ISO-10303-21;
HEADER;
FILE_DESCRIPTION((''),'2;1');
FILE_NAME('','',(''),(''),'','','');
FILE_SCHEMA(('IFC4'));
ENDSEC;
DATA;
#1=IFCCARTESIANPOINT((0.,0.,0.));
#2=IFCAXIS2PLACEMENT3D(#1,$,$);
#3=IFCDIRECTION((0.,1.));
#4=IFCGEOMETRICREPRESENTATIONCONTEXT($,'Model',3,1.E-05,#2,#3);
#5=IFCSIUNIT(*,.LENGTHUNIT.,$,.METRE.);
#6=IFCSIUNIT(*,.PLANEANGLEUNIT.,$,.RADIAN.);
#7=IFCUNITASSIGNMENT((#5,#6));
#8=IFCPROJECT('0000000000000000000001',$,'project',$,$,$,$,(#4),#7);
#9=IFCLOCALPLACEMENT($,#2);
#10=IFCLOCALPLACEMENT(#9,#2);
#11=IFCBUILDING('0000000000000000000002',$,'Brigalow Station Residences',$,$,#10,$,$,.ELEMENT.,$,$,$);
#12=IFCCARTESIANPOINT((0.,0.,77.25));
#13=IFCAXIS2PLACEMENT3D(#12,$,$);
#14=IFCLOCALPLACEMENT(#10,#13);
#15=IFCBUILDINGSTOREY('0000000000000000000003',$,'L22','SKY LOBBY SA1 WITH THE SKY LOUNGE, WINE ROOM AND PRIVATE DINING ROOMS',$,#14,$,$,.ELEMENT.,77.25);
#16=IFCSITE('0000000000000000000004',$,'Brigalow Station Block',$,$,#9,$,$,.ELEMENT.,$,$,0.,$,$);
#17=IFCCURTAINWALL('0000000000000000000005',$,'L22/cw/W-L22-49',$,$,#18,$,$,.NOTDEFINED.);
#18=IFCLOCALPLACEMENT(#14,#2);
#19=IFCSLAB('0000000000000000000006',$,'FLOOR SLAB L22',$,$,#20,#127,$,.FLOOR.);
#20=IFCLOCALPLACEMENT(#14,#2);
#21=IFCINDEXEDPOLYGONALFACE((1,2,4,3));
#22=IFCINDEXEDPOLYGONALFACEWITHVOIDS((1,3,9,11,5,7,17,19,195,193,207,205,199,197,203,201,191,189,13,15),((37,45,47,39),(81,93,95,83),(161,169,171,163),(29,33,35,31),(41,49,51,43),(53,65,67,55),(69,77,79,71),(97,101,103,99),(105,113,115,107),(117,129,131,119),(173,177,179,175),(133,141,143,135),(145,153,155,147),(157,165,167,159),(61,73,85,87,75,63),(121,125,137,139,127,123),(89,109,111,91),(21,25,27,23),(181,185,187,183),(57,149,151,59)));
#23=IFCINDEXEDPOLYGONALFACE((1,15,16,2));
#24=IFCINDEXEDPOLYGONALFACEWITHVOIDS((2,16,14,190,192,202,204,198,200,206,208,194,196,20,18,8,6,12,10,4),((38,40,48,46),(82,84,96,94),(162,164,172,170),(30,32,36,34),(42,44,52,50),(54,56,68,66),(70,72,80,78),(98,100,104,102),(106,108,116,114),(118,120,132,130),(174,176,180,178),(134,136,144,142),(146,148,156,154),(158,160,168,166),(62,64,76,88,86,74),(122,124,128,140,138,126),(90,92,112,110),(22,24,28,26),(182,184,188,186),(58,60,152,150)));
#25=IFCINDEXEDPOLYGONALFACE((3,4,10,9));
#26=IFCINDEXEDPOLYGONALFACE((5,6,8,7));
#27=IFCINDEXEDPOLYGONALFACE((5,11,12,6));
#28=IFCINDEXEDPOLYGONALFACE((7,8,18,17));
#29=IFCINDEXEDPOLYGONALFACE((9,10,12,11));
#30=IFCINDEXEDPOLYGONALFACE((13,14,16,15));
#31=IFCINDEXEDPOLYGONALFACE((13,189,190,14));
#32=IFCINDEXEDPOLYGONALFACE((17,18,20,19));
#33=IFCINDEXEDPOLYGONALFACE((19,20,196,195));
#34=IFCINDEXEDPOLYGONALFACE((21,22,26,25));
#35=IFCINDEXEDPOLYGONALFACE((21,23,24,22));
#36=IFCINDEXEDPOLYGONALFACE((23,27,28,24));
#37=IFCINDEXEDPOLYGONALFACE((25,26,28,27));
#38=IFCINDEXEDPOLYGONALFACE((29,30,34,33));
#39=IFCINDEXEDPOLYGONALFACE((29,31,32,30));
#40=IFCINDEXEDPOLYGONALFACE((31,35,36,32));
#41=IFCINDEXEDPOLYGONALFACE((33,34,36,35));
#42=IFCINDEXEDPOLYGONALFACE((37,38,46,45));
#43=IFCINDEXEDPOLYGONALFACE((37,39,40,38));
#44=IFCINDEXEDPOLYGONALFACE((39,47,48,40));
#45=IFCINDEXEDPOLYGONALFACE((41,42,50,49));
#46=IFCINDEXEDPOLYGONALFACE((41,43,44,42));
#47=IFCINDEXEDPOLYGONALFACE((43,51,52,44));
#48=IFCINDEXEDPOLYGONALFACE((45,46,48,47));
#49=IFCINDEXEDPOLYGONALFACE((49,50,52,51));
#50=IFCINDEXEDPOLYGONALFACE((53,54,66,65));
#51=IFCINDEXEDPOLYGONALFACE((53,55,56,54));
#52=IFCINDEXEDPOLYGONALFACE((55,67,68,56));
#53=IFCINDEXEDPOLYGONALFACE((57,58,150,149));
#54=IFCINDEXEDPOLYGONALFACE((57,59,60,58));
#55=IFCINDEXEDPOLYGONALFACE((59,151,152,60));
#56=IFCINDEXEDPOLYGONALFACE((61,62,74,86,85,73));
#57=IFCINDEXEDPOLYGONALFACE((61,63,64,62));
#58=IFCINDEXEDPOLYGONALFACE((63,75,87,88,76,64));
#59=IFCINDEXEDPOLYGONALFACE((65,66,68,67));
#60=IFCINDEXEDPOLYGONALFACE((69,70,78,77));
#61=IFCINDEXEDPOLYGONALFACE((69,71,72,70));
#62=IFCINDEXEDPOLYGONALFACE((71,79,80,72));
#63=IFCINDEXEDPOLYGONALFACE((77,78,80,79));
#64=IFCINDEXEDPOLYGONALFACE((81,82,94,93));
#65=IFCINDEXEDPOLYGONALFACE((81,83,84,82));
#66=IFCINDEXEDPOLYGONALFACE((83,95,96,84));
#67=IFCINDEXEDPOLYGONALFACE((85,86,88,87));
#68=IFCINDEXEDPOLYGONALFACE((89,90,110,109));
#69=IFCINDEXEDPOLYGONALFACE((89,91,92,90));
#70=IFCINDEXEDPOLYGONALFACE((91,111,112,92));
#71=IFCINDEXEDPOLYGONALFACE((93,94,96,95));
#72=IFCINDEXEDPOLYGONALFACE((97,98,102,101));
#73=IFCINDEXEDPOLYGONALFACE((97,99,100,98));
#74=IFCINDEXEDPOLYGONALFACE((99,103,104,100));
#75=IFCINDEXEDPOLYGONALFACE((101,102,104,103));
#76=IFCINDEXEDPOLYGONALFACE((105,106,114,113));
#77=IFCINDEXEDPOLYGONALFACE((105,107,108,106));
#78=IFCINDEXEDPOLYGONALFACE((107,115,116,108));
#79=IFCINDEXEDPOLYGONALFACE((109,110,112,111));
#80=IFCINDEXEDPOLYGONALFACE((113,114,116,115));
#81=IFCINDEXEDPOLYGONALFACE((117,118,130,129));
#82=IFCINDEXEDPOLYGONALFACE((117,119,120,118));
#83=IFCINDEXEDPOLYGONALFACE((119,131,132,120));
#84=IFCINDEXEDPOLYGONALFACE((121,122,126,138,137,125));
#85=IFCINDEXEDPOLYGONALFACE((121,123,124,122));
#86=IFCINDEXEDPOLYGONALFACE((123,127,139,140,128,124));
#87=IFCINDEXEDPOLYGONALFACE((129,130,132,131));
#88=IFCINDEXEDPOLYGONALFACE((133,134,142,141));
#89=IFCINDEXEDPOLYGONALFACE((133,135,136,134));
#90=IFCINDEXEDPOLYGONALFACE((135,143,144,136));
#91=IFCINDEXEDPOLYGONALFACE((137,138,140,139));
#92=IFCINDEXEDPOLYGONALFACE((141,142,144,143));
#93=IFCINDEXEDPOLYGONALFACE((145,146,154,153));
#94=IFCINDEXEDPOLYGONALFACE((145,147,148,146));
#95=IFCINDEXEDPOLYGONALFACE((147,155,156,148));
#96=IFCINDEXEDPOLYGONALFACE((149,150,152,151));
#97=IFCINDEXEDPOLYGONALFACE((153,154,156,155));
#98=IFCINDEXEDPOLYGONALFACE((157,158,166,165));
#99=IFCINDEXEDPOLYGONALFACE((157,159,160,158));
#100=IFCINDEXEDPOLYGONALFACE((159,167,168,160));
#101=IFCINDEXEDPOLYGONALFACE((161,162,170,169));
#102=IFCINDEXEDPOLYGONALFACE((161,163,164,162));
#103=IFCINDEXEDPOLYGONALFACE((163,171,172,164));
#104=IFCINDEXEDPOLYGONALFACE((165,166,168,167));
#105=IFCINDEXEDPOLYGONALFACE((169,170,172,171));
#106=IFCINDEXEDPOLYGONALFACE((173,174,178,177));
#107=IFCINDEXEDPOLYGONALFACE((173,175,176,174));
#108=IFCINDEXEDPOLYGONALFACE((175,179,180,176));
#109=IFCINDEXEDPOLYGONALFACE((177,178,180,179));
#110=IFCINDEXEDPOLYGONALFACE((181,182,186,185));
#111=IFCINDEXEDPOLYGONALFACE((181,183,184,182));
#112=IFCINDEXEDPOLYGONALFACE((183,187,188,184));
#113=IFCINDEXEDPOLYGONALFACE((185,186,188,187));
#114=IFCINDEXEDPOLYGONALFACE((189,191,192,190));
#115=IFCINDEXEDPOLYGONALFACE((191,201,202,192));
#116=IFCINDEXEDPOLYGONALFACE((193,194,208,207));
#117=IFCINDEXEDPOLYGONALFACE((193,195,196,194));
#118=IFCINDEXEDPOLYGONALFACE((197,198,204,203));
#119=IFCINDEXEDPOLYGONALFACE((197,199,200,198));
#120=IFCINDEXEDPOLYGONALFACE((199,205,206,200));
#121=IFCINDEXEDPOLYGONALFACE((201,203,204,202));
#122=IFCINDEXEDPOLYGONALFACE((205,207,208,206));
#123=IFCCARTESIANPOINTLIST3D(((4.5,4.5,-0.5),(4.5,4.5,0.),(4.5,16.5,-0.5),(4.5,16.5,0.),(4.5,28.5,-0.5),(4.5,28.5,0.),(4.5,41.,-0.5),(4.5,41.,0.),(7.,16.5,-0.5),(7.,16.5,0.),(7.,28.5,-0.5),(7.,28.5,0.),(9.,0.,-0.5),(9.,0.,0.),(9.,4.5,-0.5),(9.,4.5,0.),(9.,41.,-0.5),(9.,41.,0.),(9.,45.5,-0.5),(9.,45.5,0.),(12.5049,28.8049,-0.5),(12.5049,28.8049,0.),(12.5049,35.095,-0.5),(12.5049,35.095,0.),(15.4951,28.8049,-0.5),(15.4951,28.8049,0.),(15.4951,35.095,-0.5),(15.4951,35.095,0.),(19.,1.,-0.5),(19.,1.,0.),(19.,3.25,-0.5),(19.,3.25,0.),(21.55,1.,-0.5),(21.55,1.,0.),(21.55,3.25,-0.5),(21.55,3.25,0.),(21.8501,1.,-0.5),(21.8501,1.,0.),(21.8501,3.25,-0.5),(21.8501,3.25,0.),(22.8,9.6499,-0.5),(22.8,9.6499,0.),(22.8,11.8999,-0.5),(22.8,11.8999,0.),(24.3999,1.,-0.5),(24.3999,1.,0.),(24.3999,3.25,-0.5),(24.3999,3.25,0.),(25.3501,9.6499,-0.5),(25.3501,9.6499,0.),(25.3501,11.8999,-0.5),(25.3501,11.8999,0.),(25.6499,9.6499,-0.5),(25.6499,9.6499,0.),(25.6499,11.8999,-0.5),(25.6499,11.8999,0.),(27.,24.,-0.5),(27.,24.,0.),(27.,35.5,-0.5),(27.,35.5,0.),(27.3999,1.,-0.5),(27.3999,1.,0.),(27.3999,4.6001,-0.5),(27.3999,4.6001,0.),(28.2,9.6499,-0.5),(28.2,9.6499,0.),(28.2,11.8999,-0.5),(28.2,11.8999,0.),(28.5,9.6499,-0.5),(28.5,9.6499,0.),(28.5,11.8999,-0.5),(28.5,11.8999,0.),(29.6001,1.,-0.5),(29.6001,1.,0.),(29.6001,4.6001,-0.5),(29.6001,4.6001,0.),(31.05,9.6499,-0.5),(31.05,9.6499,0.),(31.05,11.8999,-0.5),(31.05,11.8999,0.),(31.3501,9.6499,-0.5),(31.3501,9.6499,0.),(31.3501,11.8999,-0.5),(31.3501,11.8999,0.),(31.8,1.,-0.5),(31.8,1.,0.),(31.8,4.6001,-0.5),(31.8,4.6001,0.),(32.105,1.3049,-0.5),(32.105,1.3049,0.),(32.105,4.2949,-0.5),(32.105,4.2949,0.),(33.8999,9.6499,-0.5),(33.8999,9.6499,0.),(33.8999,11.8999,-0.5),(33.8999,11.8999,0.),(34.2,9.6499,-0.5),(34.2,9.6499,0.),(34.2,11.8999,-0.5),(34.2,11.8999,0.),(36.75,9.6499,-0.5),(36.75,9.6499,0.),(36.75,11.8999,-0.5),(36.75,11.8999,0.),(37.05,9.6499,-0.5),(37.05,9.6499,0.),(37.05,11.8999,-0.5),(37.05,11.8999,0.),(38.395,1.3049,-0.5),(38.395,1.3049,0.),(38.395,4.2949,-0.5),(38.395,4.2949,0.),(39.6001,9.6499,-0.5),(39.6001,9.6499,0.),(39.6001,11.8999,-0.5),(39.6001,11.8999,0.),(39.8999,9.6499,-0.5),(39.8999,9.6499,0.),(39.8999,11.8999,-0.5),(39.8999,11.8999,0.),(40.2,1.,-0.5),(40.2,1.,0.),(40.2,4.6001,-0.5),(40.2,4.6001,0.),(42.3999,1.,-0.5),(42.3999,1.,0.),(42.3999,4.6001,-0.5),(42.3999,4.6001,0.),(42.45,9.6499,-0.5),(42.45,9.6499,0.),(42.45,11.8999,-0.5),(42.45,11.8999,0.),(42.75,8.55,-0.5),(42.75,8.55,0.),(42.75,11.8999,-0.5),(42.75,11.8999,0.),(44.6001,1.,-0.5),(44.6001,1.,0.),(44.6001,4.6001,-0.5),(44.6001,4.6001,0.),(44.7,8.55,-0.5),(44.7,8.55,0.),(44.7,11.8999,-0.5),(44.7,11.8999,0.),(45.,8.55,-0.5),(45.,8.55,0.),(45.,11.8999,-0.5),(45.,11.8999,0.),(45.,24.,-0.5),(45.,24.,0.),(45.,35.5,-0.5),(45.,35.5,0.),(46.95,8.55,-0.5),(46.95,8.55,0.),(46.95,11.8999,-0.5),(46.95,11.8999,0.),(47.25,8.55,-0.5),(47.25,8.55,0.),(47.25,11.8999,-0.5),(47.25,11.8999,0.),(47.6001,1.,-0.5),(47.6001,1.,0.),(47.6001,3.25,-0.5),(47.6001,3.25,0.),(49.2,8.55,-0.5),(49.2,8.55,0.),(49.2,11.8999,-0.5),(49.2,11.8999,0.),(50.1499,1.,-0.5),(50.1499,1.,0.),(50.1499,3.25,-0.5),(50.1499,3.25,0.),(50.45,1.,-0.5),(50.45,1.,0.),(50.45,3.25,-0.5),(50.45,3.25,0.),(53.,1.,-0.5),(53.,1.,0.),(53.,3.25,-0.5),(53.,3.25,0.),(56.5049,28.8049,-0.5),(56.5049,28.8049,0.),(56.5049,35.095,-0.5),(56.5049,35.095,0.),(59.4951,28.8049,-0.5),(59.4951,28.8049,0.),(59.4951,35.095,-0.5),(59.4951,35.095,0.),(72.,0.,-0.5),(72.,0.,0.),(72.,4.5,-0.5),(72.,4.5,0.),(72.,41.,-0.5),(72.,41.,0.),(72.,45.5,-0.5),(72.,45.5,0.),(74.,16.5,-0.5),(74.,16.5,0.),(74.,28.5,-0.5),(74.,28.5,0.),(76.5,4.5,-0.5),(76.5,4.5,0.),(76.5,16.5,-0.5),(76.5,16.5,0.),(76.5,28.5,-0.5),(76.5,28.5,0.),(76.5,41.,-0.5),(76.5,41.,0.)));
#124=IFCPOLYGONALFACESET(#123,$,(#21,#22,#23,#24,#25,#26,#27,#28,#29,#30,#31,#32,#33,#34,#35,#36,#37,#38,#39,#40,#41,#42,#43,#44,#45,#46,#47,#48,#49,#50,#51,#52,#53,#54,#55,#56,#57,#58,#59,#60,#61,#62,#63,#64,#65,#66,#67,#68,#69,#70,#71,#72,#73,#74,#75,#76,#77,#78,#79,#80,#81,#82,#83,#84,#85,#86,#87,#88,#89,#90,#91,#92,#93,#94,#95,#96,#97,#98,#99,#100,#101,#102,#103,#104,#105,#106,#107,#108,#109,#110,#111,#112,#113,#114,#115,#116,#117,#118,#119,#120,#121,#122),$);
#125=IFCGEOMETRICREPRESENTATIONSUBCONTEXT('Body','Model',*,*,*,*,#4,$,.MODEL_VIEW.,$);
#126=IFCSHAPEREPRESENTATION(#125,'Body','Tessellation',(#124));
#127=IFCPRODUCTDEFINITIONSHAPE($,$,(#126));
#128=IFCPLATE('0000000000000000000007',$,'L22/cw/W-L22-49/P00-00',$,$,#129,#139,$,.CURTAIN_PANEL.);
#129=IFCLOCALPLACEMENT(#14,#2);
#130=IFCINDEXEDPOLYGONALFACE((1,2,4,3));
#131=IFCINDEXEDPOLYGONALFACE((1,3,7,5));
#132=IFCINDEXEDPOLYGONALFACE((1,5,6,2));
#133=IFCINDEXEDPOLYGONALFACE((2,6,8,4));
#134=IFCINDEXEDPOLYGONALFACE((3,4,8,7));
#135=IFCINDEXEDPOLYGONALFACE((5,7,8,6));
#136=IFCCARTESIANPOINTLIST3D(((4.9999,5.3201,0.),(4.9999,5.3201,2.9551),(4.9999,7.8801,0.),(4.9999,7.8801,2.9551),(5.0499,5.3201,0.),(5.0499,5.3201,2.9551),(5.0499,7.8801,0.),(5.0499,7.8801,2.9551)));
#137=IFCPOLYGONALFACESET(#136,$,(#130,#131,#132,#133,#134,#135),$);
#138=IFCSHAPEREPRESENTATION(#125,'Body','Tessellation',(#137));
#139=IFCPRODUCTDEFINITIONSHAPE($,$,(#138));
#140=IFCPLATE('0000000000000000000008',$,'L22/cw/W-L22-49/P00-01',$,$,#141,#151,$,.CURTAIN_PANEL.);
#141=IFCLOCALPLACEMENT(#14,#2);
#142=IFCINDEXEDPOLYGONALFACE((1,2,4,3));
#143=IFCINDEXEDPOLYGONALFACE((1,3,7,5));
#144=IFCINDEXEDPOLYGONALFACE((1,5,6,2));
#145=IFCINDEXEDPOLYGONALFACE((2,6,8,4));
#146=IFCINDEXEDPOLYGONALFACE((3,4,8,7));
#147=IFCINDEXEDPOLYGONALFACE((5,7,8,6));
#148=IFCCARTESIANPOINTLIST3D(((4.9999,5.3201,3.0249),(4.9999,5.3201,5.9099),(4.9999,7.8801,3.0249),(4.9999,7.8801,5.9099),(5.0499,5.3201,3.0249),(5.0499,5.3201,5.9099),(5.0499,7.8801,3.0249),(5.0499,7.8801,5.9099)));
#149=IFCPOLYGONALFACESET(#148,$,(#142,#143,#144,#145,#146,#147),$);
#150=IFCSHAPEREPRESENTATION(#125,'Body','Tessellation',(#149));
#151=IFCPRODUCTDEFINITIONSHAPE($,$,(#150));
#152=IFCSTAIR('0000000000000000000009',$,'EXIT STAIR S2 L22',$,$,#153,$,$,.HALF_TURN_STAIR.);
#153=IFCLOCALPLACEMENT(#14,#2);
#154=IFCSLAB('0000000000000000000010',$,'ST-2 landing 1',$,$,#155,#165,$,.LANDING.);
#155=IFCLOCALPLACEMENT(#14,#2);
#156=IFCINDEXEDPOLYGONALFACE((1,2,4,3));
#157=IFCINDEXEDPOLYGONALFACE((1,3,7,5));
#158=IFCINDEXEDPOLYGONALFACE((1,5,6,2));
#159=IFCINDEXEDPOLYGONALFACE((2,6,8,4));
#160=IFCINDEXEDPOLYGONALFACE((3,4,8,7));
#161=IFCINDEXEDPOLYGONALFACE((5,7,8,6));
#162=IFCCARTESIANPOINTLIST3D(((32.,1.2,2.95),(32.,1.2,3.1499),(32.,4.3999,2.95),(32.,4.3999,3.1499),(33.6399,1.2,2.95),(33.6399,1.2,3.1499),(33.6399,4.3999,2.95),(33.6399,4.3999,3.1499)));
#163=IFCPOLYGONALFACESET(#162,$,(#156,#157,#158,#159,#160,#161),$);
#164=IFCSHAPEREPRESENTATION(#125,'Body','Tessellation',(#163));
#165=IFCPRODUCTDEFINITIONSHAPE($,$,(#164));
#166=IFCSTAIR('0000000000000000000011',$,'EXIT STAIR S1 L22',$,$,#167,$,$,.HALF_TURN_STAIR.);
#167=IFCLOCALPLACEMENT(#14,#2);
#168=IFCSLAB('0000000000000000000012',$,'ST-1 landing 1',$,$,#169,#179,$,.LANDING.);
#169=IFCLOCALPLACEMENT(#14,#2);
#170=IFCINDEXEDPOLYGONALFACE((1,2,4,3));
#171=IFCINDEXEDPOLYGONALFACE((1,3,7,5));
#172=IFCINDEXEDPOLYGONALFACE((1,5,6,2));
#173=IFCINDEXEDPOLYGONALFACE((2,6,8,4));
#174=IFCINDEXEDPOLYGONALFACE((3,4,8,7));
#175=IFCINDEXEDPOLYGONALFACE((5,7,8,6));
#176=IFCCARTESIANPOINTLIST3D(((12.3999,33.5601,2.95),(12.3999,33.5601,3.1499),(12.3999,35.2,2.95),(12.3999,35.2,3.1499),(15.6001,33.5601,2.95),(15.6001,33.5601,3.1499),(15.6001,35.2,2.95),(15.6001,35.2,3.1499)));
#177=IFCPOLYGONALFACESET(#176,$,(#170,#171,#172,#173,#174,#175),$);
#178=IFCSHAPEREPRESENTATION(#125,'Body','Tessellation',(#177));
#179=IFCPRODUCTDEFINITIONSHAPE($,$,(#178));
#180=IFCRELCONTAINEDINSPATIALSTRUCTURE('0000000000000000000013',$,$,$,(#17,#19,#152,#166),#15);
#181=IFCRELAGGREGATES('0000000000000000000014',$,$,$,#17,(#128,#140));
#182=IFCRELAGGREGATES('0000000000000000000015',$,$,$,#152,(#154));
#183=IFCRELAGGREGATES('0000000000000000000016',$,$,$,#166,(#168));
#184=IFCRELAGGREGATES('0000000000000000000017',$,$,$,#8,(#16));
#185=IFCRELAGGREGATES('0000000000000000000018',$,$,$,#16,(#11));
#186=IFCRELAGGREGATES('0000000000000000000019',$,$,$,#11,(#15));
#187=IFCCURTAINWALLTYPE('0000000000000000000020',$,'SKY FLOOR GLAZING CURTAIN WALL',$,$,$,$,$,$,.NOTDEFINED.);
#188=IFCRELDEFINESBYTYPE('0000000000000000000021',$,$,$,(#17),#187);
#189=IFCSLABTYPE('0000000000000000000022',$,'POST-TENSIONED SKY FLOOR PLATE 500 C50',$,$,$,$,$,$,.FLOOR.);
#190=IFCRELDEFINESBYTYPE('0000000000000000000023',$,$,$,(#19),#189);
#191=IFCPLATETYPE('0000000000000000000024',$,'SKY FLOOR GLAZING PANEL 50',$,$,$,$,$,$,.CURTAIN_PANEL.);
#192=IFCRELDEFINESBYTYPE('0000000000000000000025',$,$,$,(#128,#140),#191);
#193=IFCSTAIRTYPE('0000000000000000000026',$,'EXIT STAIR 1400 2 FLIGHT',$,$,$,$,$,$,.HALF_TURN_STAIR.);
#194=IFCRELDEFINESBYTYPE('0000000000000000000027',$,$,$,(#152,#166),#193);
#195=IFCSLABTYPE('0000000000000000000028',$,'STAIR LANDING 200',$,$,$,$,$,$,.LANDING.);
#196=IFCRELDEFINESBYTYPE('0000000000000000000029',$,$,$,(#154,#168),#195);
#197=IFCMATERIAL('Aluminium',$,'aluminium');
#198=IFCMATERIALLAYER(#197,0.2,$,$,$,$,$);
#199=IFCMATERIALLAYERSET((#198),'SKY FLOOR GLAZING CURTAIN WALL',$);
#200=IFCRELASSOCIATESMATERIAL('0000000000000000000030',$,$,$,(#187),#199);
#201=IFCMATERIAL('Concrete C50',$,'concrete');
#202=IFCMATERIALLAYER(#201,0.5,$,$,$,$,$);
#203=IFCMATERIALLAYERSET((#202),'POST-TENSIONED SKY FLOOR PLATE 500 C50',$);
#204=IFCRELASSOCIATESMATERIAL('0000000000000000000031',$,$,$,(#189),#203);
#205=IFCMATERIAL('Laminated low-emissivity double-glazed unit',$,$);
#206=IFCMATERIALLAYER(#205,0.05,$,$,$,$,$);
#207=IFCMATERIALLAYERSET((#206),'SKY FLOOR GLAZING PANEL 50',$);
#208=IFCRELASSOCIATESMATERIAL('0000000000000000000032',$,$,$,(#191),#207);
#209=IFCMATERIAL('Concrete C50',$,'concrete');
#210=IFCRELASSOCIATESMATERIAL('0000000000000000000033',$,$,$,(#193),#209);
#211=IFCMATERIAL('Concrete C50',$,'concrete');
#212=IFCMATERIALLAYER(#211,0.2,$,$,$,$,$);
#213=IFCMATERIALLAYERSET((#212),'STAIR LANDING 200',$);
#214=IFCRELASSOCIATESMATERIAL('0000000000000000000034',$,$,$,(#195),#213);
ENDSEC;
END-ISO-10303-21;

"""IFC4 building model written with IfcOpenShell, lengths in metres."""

from ifc_helpers import new_model, si_unit, direction, frame, origin, origin_2d, place, context, subcontext, project, spatial, polyline, rectangle, outline, extrude, material, layer, layer_set, type_object, element, aggregate, save


model = new_model("IFC4")

# Units and contexts
model_context = context("Model", 3, precision=1e-05, world=origin(), true_north=direction((0.0, 1.0)))
body_context = subcontext(model_context, "Body", "Model", "MODEL_VIEW")
ifc_project = project(units=[si_unit("LENGTHUNIT", "METRE"), si_unit("PLANEANGLEUNIT", "RADIAN")], contexts=[model_context])

# Site, building, storey
site_placement = place(None, origin())
site = spatial("IfcSite", under=ifc_project, at=site_placement, Name="Brigalow Station Block", CompositionType="ELEMENT", RefElevation=0.0)
building_placement = place(site_placement, origin())
building = spatial("IfcBuilding", under=site, at=building_placement, Name="Brigalow Station Residences", CompositionType="ELEMENT")
storey_placement = place(building_placement, frame((0.0, 0.0, 77.25)))
storey = spatial("IfcBuildingStorey", under=building, at=storey_placement, Name="L22", Description="SKY LOBBY SA1 WITH THE SKY LOUNGE, WINE ROOM AND PRIVATE DINING ROOMS", CompositionType="ELEMENT", Elevation=77.25)

# Curtain wall
ifc_material_1 = material(Name="Aluminium", Category="aluminium")
ifc_layer_1 = layer(ifc_material_1, 0.2)
ifc_layer_set_1 = layer_set([ifc_layer_1], Name="SKY FLOOR GLAZING CURTAIN WALL")
curtain_wall_type = type_object("IfcCurtainWallType", Name="SKY FLOOR GLAZING CURTAIN WALL", PredefinedType="NOTDEFINED", material=ifc_layer_set_1)
curtain_wall_placement = place(storey_placement, origin())
curtain_wall = element("IfcCurtainWall", 1, at=curtain_wall_placement, inside=storey, type_object=curtain_wall_type, Name="L22/cw/W-L22-49", PredefinedType="NOTDEFINED")

# Slab
ifc_material_2 = material(Name="Concrete C50", Category="concrete")
ifc_layer_2 = layer(ifc_material_2, 0.5)
ifc_layer_set_2 = layer_set([ifc_layer_2], Name="POST-TENSIONED SKY FLOOR PLATE 500 C50")
slab_type_1 = type_object("IfcSlabType", Name="POST-TENSIONED SKY FLOOR PLATE 500 C50", PredefinedType="FLOOR", material=ifc_layer_set_2)
slab_1_placement = place(storey_placement, frame((0.0, 0.0, -0.5)))
element("IfcSlab", 2, at=slab_1_placement, inside=storey, type_object=slab_type_1, Name="FLOOR SLAB L22", PredefinedType="FLOOR", context=body_context, shape_type="SweptSolid", body=[
    extrude(outline(polyline([(9.0, 0.0), (72.0, 0.0), (72.0, 4.5), (76.5, 4.5), (76.5, 16.5), (74.0, 16.5), (74.0, 28.5), (76.5, 28.5), (76.5, 41.0), (72.0, 41.0), (72.0, 45.5), (9.0, 45.5), (9.0, 41.0), (4.5, 41.0), (4.5, 28.5), (7.0, 28.5), (7.0, 16.5), (4.5, 16.5), (4.5, 4.5), (9.0, 4.5), (9.0, 0.0)]), holes=[polyline([(15.4951, 35.095), (15.4951, 28.8049), (12.5049, 28.8049), (12.5049, 35.095), (15.4951, 35.095)]), polyline([(19.0, 3.25), (21.55, 3.25), (21.55, 1.0), (19.0, 1.0), (19.0, 3.25)]), polyline([(21.8501, 3.25), (24.3999, 3.25), (24.3999, 1.0), (21.8501, 1.0), (21.8501, 3.25)]), polyline([(22.8, 11.8999), (25.3501, 11.8999), (25.3501, 9.6499), (22.8, 9.6499), (22.8, 11.8999)]), polyline([(28.2, 11.8999), (28.2, 9.6499), (25.6499, 9.6499), (25.6499, 11.8999), (28.2, 11.8999)]), polyline([(29.6001, 1.0), (27.3999, 1.0), (27.3999, 4.6001), (29.6001, 4.6001), (31.8, 4.6001), (31.8, 1.0), (29.6001, 1.0)]), polyline([(31.05, 11.8999), (31.05, 9.6499), (28.5, 9.6499), (28.5, 11.8999), (31.05, 11.8999)]), polyline([(31.3501, 11.8999), (33.8999, 11.8999), (33.8999, 9.6499), (31.3501, 9.6499), (31.3501, 11.8999)]), polyline([(36.75, 11.8999), (36.75, 9.6499), (34.2, 9.6499), (34.2, 11.8999), (36.75, 11.8999)]), polyline([(38.395, 4.2949), (38.395, 1.3049), (32.105, 1.3049), (32.105, 4.2949), (38.395, 4.2949)]), polyline([(39.6001, 11.8999), (39.6001, 9.6499), (37.05, 9.6499), (37.05, 11.8999), (39.6001, 11.8999)]), polyline([(39.8999, 11.8999), (42.45, 11.8999), (42.45, 9.6499), (39.8999, 9.6499), (39.8999, 11.8999)]), polyline([(42.3999, 1.0), (40.2, 1.0), (40.2, 4.6001), (42.3999, 4.6001), (44.6001, 4.6001), (44.6001, 1.0), (42.3999, 1.0)]), polyline([(44.7, 11.8999), (44.7, 8.55), (42.75, 8.55), (42.75, 11.8999), (44.7, 11.8999)]), polyline([(45.0, 11.8999), (46.95, 11.8999), (46.95, 8.55), (45.0, 8.55), (45.0, 11.8999)]), polyline([(45.0, 35.5), (45.0, 24.0), (27.0, 24.0), (27.0, 35.5), (45.0, 35.5)]), polyline([(47.6001, 3.25), (50.1499, 3.25), (50.1499, 1.0), (47.6001, 1.0), (47.6001, 3.25)]), polyline([(49.2, 11.8999), (49.2, 8.55), (47.25, 8.55), (47.25, 11.8999), (49.2, 11.8999)]), polyline([(50.45, 3.25), (53.0, 3.25), (53.0, 1.0), (50.45, 1.0), (50.45, 3.25)]), polyline([(59.4951, 35.095), (59.4951, 28.8049), (56.5049, 28.8049), (56.5049, 35.095), (59.4951, 35.095)])]), origin(), (0.0, 0.0, 1.0), 0.5),
])

# Plates
ifc_material_3 = material(Name="Laminated low-emissivity double-glazed unit")
ifc_layer_3 = layer(ifc_material_3, 0.05)
ifc_layer_set_3 = layer_set([ifc_layer_3], Name="SKY FLOOR GLAZING PANEL 50")
plate_type = type_object("IfcPlateType", Name="SKY FLOOR GLAZING PANEL 50", PredefinedType="CURTAIN_PANEL", material=ifc_layer_set_3)
plate_1_placement = place(storey_placement, frame((5.0249, 6.6001, 0.0), z_axis=(0.0, 0.0, 1.0), x_axis=(0.0, -1.0, 0.0)))
plate_1 = element("IfcPlate", 3, at=plate_1_placement, type_object=plate_type, Name="L22/cw/W-L22-49/P00-00", PredefinedType="CURTAIN_PANEL", context=body_context, shape_type="SweptSolid", body=[
    extrude(rectangle(XDim=2.5601, YDim=0.05, at=origin_2d()), origin(), (0.0, 0.0, 1.0), 2.9551),
])
plate_2_placement = place(storey_placement, frame((5.0249, 6.6001, 3.0249), z_axis=(0.0, 0.0, 1.0), x_axis=(0.0, -1.0, 0.0)))
plate_2 = element("IfcPlate", 4, at=plate_2_placement, type_object=plate_type, Name="L22/cw/W-L22-49/P00-01", PredefinedType="CURTAIN_PANEL", context=body_context, shape_type="SweptSolid", body=[
    extrude(rectangle(XDim=2.5601, YDim=0.05, at=origin_2d()), origin(), (0.0, 0.0, 1.0), 2.885),
])
aggregate(curtain_wall, [plate_1, plate_2])

# Stairs, slabs
ifc_material_4 = material(Name="Concrete C50", Category="concrete")
stair_type = type_object("IfcStairType", Name="EXIT STAIR 1400 2 FLIGHT", PredefinedType="HALF_TURN_STAIR", material=ifc_material_4)
stair_1_placement = place(storey_placement, origin())
stair_1 = element("IfcStair", 5, at=stair_1_placement, inside=storey, type_object=stair_type, Name="EXIT STAIR S2 L22", PredefinedType="HALF_TURN_STAIR")
ifc_material_5 = material(Name="Concrete C50", Category="concrete")
ifc_layer_4 = layer(ifc_material_5, 0.2)
ifc_layer_set_4 = layer_set([ifc_layer_4], Name="STAIR LANDING 200")
slab_type_2 = type_object("IfcSlabType", Name="STAIR LANDING 200", PredefinedType="LANDING", material=ifc_layer_set_4)
slab_2_placement = place(storey_placement, frame((0.0, 0.0, 2.95)))
slab_2 = element("IfcSlab", 6, at=slab_2_placement, type_object=slab_type_2, Name="ST-2 landing 1", PredefinedType="LANDING", context=body_context, shape_type="SweptSolid", body=[
    extrude(outline(polyline([(32.0, 1.2), (33.6399, 1.2), (33.6399, 4.3999), (32.0, 4.3999), (32.0, 1.2)])), origin(), (0.0, 0.0, 1.0), 0.2),
])
aggregate(stair_1, [slab_2])
stair_2_placement = place(storey_placement, origin())
stair_2 = element("IfcStair", 7, at=stair_2_placement, inside=storey, type_object=stair_type, Name="EXIT STAIR S1 L22", PredefinedType="HALF_TURN_STAIR")
slab_3_placement = place(storey_placement, frame((0.0, 0.0, 2.95)))
slab_3 = element("IfcSlab", 8, at=slab_3_placement, type_object=slab_type_2, Name="ST-1 landing 1", PredefinedType="LANDING", context=body_context, shape_type="SweptSolid", body=[
    extrude(outline(polyline([(12.3999, 33.5601), (15.6001, 33.5601), (15.6001, 35.2), (12.3999, 35.2), (12.3999, 33.5601)])), origin(), (0.0, 0.0, 1.0), 0.2),
])
aggregate(stair_2, [slab_3])

save(model, "model.ifc")
